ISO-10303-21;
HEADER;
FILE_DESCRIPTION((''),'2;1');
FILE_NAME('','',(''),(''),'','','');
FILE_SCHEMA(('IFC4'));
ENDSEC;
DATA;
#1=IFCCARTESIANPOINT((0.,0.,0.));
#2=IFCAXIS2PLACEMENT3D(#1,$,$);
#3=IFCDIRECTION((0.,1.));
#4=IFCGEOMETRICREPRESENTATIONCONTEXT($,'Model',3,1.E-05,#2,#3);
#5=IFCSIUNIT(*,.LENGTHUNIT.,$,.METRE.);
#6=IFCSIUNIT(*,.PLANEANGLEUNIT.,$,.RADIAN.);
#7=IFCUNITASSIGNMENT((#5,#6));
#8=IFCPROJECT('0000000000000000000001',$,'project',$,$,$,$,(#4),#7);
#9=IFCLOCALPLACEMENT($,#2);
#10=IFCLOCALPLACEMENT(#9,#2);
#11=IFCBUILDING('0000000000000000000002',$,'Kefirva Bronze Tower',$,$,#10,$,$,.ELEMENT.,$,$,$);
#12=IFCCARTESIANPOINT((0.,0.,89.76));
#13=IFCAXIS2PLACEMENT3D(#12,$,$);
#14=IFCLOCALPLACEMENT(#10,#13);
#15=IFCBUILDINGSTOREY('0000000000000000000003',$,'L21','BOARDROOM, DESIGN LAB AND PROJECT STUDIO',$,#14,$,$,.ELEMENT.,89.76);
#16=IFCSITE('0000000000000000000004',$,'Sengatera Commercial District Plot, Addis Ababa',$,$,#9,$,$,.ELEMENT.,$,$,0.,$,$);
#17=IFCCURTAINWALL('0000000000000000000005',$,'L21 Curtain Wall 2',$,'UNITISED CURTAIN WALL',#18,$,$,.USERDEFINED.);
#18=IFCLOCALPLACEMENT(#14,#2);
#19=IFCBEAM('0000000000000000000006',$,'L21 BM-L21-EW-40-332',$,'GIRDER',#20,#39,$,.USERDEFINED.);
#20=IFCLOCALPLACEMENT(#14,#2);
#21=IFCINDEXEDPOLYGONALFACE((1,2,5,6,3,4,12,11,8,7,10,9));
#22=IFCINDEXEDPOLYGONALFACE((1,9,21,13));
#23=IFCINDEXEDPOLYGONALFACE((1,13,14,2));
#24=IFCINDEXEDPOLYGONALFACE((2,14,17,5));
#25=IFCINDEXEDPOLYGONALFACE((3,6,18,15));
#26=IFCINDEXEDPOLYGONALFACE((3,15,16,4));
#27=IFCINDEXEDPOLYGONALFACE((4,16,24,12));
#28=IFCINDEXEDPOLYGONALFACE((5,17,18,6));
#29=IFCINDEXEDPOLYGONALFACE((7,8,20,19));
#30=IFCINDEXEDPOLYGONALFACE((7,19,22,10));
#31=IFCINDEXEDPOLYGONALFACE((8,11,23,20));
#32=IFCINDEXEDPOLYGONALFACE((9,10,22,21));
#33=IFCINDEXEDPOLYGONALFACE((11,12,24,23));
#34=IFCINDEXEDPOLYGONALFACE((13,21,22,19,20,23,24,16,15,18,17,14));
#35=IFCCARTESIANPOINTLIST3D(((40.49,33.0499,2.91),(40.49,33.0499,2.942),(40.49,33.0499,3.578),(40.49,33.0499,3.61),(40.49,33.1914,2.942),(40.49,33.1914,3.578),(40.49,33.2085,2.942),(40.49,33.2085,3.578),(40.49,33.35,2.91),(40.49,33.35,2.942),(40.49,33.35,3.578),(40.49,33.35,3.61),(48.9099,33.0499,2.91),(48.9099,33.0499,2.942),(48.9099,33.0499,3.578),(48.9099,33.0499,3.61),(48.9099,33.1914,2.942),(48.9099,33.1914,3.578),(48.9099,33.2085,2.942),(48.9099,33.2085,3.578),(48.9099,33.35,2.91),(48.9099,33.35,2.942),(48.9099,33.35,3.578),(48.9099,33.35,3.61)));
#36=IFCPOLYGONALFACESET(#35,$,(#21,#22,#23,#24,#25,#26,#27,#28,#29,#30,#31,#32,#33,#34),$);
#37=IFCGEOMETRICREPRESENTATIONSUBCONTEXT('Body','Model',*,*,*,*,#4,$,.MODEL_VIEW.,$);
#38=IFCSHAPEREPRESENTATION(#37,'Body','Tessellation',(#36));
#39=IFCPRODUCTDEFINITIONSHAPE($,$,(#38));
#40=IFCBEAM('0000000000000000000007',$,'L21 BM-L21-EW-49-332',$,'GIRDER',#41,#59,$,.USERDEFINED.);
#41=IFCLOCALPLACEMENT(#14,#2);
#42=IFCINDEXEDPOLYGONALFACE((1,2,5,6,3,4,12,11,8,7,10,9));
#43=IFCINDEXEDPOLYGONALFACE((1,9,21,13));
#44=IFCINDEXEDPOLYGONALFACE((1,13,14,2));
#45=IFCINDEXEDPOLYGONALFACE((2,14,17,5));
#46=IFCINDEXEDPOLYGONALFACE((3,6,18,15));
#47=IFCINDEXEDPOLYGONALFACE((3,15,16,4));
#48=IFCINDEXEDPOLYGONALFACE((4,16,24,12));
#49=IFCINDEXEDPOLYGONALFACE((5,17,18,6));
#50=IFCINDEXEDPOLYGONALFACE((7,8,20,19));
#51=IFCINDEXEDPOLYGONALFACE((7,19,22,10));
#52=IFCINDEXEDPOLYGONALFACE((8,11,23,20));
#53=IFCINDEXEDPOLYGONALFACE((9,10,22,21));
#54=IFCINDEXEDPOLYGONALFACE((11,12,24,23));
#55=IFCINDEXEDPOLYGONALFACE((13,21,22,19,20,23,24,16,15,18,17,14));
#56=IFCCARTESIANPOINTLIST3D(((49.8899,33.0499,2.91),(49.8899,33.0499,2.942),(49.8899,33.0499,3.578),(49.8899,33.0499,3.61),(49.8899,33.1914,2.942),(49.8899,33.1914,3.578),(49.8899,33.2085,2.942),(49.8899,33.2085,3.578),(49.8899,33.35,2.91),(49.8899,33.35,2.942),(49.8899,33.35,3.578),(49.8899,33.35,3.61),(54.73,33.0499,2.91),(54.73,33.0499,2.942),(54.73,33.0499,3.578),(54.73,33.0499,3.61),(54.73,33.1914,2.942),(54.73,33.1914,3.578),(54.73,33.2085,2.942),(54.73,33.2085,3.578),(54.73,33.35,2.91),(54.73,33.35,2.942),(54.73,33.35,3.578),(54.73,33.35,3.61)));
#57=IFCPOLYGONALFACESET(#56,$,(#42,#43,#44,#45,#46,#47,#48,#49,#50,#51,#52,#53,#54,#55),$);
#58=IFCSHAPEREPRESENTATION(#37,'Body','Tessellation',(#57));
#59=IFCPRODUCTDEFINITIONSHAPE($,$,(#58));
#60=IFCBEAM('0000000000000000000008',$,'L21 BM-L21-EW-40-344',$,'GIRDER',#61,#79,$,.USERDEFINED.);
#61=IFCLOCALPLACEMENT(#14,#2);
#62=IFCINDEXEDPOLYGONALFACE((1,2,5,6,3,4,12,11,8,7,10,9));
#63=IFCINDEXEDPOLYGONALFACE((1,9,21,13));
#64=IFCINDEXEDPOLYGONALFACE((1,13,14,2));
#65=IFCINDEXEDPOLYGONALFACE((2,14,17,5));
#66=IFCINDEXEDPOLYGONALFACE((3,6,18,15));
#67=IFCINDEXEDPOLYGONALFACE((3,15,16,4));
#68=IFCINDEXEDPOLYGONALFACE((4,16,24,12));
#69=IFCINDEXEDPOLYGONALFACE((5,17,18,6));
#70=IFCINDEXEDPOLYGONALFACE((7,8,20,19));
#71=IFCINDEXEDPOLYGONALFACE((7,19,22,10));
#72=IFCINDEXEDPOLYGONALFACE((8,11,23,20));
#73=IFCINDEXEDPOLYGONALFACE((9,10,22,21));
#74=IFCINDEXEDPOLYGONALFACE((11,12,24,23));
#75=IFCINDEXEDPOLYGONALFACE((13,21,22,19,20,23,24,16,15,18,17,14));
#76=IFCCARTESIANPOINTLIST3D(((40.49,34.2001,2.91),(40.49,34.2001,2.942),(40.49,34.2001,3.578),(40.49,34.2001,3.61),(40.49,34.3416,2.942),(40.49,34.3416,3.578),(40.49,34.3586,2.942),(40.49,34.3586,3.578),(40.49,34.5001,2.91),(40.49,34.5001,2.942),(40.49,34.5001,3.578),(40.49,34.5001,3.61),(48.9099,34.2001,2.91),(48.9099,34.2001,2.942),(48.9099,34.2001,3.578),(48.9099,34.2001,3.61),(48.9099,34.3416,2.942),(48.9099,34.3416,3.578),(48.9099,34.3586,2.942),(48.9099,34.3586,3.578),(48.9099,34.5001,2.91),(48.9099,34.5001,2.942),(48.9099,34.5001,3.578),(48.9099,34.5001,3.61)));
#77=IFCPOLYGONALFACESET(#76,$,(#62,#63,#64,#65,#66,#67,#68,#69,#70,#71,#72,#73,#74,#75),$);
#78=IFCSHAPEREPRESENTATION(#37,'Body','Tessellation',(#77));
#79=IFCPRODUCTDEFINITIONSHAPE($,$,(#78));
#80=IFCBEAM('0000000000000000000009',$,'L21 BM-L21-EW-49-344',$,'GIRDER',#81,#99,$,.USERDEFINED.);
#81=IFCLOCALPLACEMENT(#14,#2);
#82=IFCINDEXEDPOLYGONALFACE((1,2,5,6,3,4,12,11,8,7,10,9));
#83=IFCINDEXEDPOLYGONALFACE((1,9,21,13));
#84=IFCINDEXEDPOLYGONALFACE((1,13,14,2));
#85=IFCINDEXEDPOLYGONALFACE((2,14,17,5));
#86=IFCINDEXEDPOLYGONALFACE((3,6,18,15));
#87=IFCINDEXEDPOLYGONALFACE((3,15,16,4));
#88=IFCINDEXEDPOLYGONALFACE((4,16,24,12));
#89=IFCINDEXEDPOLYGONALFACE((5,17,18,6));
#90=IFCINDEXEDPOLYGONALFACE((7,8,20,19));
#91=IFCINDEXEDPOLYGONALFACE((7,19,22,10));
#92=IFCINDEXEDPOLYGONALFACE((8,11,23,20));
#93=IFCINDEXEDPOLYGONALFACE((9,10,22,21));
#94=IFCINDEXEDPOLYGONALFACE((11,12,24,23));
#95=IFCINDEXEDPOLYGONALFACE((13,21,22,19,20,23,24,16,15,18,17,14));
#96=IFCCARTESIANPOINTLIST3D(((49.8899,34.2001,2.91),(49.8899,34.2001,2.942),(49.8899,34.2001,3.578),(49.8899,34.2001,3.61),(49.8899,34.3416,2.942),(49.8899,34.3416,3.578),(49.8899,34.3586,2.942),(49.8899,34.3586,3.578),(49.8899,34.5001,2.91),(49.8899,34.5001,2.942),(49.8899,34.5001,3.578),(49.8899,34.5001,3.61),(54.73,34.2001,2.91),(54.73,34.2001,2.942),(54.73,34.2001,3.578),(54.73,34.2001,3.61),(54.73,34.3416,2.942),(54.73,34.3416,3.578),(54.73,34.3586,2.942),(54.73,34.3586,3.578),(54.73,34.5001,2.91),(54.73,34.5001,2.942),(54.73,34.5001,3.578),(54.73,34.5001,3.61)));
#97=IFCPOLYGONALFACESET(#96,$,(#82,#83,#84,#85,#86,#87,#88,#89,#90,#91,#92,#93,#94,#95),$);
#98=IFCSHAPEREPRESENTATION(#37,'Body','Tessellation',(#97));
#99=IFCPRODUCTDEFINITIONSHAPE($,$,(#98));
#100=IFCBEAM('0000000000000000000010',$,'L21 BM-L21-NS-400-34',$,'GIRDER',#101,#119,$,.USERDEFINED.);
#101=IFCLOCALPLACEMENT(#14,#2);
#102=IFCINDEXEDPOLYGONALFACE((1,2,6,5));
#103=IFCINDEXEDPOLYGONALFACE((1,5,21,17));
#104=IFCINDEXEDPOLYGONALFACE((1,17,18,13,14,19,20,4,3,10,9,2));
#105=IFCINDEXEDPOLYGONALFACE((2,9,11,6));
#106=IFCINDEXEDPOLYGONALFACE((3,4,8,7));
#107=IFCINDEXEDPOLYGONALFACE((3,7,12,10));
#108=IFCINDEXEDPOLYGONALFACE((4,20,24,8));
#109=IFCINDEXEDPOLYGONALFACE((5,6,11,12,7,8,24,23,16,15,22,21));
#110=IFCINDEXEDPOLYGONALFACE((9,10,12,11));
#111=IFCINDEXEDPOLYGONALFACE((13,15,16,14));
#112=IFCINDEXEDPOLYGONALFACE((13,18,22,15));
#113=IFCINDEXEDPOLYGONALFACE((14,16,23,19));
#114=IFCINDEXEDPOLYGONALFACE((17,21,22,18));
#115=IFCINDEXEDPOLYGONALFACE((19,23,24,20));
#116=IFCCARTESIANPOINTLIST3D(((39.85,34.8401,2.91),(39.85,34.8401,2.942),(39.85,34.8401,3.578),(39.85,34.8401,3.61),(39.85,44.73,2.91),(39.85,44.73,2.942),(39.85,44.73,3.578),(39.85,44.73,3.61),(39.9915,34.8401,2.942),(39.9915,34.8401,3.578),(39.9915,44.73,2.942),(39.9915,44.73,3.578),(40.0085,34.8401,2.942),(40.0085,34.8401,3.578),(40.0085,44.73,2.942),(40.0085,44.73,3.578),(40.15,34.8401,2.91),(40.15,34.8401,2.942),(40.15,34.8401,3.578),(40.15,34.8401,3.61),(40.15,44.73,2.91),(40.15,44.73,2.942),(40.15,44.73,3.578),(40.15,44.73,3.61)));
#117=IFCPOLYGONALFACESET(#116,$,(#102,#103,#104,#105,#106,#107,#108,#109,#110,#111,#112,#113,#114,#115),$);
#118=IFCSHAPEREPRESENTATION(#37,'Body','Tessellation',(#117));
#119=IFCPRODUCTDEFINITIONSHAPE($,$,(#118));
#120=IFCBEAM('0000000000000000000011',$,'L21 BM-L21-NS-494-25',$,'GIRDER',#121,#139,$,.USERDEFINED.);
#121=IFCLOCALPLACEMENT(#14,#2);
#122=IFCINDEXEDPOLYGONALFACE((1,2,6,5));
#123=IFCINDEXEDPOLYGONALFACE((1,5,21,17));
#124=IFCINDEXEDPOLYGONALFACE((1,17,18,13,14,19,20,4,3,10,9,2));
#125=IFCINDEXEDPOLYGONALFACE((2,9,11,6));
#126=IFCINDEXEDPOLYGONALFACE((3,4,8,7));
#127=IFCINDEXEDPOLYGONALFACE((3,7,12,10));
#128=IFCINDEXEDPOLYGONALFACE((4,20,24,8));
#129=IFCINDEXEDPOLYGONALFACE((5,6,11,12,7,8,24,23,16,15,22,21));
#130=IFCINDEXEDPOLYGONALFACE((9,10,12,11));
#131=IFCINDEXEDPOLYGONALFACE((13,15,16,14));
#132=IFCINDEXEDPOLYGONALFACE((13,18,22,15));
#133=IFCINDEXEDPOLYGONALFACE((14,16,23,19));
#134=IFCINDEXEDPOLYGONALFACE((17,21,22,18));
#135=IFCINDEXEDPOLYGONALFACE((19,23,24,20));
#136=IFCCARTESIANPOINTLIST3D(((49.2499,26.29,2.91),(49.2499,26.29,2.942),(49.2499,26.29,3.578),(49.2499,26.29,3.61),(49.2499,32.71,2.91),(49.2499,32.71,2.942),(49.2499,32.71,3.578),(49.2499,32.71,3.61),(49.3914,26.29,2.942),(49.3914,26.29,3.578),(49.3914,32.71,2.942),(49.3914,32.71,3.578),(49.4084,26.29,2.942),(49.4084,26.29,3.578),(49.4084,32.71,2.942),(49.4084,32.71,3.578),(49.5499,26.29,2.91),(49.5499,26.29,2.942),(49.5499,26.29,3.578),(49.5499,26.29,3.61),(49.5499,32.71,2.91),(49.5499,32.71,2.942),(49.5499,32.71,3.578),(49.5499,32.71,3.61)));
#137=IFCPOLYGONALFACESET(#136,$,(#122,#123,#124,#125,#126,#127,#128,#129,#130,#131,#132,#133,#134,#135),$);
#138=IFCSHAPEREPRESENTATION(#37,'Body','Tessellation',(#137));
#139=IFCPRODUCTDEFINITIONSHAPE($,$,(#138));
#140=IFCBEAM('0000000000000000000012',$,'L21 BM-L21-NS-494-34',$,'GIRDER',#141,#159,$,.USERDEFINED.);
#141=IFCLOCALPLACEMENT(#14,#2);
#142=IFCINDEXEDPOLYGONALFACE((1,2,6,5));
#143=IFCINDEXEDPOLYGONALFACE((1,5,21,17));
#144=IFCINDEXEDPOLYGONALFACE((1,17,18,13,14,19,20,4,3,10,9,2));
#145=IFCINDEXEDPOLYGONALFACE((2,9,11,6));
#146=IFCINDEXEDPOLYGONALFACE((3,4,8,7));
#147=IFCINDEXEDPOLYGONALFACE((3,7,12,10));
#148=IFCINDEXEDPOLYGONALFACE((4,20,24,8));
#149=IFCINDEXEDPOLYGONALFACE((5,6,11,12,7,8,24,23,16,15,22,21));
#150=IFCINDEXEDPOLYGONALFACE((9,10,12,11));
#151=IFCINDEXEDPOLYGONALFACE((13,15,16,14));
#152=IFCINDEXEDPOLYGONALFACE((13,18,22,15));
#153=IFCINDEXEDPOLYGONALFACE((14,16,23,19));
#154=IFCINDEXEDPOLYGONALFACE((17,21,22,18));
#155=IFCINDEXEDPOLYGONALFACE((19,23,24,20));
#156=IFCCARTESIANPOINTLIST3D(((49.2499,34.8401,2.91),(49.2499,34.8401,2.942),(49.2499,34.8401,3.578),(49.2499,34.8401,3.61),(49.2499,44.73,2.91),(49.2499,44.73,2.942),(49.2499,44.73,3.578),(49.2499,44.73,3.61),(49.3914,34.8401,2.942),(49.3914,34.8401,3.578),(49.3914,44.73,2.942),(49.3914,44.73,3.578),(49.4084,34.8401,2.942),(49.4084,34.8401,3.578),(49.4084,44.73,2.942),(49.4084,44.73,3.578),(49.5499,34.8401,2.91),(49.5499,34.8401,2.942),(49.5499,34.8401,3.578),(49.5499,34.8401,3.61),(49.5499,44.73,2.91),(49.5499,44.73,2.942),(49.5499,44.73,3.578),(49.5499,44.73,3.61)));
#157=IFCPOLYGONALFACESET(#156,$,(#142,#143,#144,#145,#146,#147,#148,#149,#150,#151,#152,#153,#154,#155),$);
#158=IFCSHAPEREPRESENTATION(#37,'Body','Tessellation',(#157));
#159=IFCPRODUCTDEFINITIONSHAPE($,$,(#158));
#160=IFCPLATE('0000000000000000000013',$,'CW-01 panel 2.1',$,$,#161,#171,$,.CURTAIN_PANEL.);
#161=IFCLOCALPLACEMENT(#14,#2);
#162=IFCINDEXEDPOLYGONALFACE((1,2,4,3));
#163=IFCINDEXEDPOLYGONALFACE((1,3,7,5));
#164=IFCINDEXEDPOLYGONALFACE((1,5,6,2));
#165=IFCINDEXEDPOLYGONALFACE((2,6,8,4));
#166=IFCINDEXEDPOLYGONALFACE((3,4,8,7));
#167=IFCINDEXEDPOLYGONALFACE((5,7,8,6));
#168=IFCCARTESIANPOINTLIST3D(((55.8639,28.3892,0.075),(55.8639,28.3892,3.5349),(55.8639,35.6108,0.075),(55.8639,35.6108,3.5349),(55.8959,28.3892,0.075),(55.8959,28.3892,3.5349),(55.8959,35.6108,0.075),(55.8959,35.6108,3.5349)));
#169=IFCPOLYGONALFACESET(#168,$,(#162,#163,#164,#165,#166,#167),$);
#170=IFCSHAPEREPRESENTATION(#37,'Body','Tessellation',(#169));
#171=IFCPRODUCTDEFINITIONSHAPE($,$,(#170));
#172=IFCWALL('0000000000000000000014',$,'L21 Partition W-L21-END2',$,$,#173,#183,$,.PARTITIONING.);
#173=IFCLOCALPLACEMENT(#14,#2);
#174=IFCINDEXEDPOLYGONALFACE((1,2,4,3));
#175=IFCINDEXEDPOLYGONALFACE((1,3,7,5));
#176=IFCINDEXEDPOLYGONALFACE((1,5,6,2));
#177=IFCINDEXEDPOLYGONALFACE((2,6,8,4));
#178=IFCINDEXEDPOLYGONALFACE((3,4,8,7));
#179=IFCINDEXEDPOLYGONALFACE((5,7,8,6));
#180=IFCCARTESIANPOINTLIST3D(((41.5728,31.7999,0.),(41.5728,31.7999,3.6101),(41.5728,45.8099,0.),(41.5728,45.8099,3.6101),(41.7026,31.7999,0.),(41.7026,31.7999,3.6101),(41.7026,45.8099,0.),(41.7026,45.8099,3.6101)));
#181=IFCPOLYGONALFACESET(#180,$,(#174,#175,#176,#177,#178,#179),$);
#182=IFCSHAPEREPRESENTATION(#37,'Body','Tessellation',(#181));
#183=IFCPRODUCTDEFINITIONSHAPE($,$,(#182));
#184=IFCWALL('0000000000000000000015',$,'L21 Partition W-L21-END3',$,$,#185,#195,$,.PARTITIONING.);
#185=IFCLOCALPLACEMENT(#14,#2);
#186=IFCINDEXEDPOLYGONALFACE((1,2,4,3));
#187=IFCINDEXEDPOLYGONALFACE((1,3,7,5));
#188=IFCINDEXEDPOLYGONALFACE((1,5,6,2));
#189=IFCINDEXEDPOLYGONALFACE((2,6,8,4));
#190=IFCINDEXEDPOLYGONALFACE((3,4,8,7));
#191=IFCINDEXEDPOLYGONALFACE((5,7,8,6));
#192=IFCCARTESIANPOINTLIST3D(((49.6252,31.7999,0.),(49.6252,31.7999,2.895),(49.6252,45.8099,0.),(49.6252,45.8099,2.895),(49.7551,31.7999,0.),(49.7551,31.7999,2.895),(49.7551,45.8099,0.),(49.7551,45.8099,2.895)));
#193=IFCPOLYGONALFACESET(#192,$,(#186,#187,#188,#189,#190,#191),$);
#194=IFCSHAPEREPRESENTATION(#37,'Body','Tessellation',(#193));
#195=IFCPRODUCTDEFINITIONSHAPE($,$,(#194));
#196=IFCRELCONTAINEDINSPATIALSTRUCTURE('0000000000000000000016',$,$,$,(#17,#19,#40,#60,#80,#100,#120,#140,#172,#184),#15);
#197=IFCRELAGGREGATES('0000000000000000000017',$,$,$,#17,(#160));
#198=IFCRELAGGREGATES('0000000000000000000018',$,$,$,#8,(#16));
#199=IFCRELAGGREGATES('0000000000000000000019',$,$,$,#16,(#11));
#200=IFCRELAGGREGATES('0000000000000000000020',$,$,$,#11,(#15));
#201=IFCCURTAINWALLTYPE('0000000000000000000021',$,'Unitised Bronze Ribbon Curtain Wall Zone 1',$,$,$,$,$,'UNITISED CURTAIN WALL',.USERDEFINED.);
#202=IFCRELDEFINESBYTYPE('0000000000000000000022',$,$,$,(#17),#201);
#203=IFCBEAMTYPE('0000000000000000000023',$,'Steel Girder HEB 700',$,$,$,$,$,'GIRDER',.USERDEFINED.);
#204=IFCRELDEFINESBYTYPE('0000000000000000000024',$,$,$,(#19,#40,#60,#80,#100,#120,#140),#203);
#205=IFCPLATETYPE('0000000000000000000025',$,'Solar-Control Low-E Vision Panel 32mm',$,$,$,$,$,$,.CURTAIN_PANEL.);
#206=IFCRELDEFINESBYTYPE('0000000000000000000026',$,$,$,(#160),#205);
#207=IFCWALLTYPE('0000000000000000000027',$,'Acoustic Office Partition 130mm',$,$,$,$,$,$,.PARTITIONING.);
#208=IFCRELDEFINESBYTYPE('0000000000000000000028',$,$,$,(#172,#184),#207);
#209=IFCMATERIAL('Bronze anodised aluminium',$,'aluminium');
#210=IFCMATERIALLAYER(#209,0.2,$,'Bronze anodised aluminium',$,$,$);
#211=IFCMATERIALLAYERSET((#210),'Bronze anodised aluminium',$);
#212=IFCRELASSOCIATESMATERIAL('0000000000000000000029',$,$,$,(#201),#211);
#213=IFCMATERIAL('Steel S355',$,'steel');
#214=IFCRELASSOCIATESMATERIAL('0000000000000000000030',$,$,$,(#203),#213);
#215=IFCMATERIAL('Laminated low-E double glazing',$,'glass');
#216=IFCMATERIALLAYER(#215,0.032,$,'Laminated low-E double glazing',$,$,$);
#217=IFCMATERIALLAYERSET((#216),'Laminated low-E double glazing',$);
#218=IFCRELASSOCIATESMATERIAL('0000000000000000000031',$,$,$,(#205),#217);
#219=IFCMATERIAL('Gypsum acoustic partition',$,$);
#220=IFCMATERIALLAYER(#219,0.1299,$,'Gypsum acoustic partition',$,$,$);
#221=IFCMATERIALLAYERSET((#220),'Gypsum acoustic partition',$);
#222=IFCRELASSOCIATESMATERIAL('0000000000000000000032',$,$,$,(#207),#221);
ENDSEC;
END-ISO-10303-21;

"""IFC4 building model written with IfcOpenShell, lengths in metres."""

from ifc_helpers import new_model, si_unit, direction, frame, frame_2d, origin, origin_2d, place, context, subcontext, project, spatial, rectangle, i_section, extrude, material, layer, layer_set, material_profile, profile_set, type_object, element, aggregate, save


model = new_model("IFC4")

# Units and contexts
model_context = context("Model", 3, precision=1e-05, world=origin(), true_north=direction((0.0, 1.0)))
body_context = subcontext(model_context, "Body", "Model", "MODEL_VIEW")
ifc_project = project(units=[si_unit("LENGTHUNIT", "METRE"), si_unit("PLANEANGLEUNIT", "RADIAN")], contexts=[model_context])

# Site, building, storey
site_placement = place(None, origin())
site = spatial("IfcSite", under=ifc_project, at=site_placement, Name="Sengatera Commercial District Plot, Addis Ababa", CompositionType="ELEMENT", RefElevation=0.0)
building_placement = place(site_placement, origin())
building = spatial("IfcBuilding", under=site, at=building_placement, Name="Kefirva Bronze Tower", CompositionType="ELEMENT")
storey_placement = place(building_placement, frame((0.0, 0.0, 89.76)))
storey = spatial("IfcBuildingStorey", under=building, at=storey_placement, Name="L21", Description="BOARDROOM, DESIGN LAB AND PROJECT STUDIO", CompositionType="ELEMENT", Elevation=89.76)

# Curtain wall
ifc_material_1 = material(Name="Bronze anodised aluminium", Category="aluminium")
ifc_layer_1 = layer(ifc_material_1, 0.2, Name="Bronze anodised aluminium")
ifc_layer_set_1 = layer_set([ifc_layer_1], Name="Bronze anodised aluminium")
curtain_wall_type = type_object("IfcCurtainWallType", Name="Unitised Bronze Ribbon Curtain Wall Zone 1", ElementType="UNITISED CURTAIN WALL", PredefinedType="USERDEFINED", material=ifc_layer_set_1)
curtain_wall_placement = place(storey_placement, origin())
curtain_wall = element("IfcCurtainWall", 1, at=curtain_wall_placement, inside=storey, type_object=curtain_wall_type, Name="L21 Curtain Wall 2", ObjectType="UNITISED CURTAIN WALL", PredefinedType="USERDEFINED")

# Beams
ifc_material_2 = material(Name="Steel S355", Category="steel")
ifc_material_profile_1 = material_profile(ifc_material_2, i_section(OverallWidth=0.3, OverallDepth=0.7, WebThickness=0.0171, FlangeThickness=0.032, at=origin_2d()), Name="HEB 700")
ifc_profile_set_1 = profile_set([ifc_material_profile_1], Name="Steel S355")
beam_type_1 = type_object("IfcBeamType", Name="Steel Girder HEB 700", ElementType="GIRDER", PredefinedType="USERDEFINED", material=ifc_profile_set_1)
beam_1_placement = place(storey_placement, frame((40.49, 33.2, 3.26), z_axis=(1.0, 0.0, 0.0), x_axis=(0.0, 1.0, 0.0)))
element("IfcBeam", 2, at=beam_1_placement, inside=storey, type_object=beam_type_1, Name="L21 BM-L21-EW-40-332", ObjectType="GIRDER", PredefinedType="USERDEFINED", context=body_context, shape_type="SweptSolid", body=[
    extrude(i_section(OverallWidth=0.3, OverallDepth=0.7, WebThickness=0.0171, FlangeThickness=0.032, at=origin_2d()), origin(), (0.0, 0.0, 1.0), 8.4199),
])
beam_2_placement = place(storey_placement, frame((49.8899, 33.2, 3.26), z_axis=(1.0, 0.0, 0.0), x_axis=(0.0, 1.0, 0.0)))
element("IfcBeam", 3, at=beam_2_placement, inside=storey, type_object=beam_type_1, Name="L21 BM-L21-EW-49-332", ObjectType="GIRDER", PredefinedType="USERDEFINED", context=body_context, shape_type="SweptSolid", body=[
    extrude(i_section(OverallWidth=0.3, OverallDepth=0.7, WebThickness=0.0171, FlangeThickness=0.032, at=origin_2d()), origin(), (0.0, 0.0, 1.0), 4.8401),
])
beam_3_placement = place(storey_placement, frame((40.49, 34.3501, 3.26), z_axis=(1.0, 0.0, 0.0), x_axis=(0.0, 1.0, 0.0)))
element("IfcBeam", 4, at=beam_3_placement, inside=storey, type_object=beam_type_1, Name="L21 BM-L21-EW-40-344", ObjectType="GIRDER", PredefinedType="USERDEFINED", context=body_context, shape_type="SweptSolid", body=[
    extrude(i_section(OverallWidth=0.3, OverallDepth=0.7, WebThickness=0.0171, FlangeThickness=0.032, at=origin_2d()), origin(), (0.0, 0.0, 1.0), 8.4199),
])
beam_4_placement = place(storey_placement, frame((49.8899, 34.3501, 3.26), z_axis=(1.0, 0.0, 0.0), x_axis=(0.0, 1.0, 0.0)))
element("IfcBeam", 5, at=beam_4_placement, inside=storey, type_object=beam_type_1, Name="L21 BM-L21-EW-49-344", ObjectType="GIRDER", PredefinedType="USERDEFINED", context=body_context, shape_type="SweptSolid", body=[
    extrude(i_section(OverallWidth=0.3, OverallDepth=0.7, WebThickness=0.0171, FlangeThickness=0.032, at=origin_2d()), origin(), (0.0, 0.0, 1.0), 4.8401),
])
beam_5_placement = place(storey_placement, frame((40.0, 34.8401, 3.26), z_axis=(0.0, 1.0, 0.0), x_axis=(-1.0, 0.0, 0.0)))
element("IfcBeam", 6, at=beam_5_placement, inside=storey, type_object=beam_type_1, Name="L21 BM-L21-NS-400-34", ObjectType="GIRDER", PredefinedType="USERDEFINED", context=body_context, shape_type="SweptSolid", body=[
    extrude(i_section(OverallWidth=0.3, OverallDepth=0.7, WebThickness=0.0171, FlangeThickness=0.032, at=origin_2d()), origin(), (0.0, 0.0, 1.0), 9.8899),
])
beam_6_placement = place(storey_placement, frame((49.3999, 26.29, 3.26), z_axis=(0.0, 1.0, 0.0), x_axis=(-1.0, 0.0, 0.0)))
element("IfcBeam", 7, at=beam_6_placement, inside=storey, type_object=beam_type_1, Name="L21 BM-L21-NS-494-25", ObjectType="GIRDER", PredefinedType="USERDEFINED", context=body_context, shape_type="SweptSolid", body=[
    extrude(i_section(OverallWidth=0.3, OverallDepth=0.7, WebThickness=0.0171, FlangeThickness=0.032, at=origin_2d()), origin(), (0.0, 0.0, 1.0), 6.4199),
])
beam_7_placement = place(storey_placement, frame((49.3999, 34.8401, 3.26), z_axis=(0.0, 1.0, 0.0), x_axis=(-1.0, 0.0, 0.0)))
element("IfcBeam", 8, at=beam_7_placement, inside=storey, type_object=beam_type_1, Name="L21 BM-L21-NS-494-34", ObjectType="GIRDER", PredefinedType="USERDEFINED", context=body_context, shape_type="SweptSolid", body=[
    extrude(i_section(OverallWidth=0.3, OverallDepth=0.7, WebThickness=0.0171, FlangeThickness=0.032, at=origin_2d()), origin(), (0.0, 0.0, 1.0), 9.8899),
])

# Plate
ifc_material_3 = material(Name="Laminated low-E double glazing", Category="glass")
ifc_layer_2 = layer(ifc_material_3, 0.032, Name="Laminated low-E double glazing")
ifc_layer_set_2 = layer_set([ifc_layer_2], Name="Laminated low-E double glazing")
plate_type = type_object("IfcPlateType", Name="Solar-Control Low-E Vision Panel 32mm", PredefinedType="CURTAIN_PANEL", material=ifc_layer_set_2)
plate_placement = place(storey_placement, frame((55.8799, 32.0, 0.075), z_axis=(0.0, 0.0, 1.0), x_axis=(0.0, 1.0, 0.0)))
plate = element("IfcPlate", 9, at=plate_placement, type_object=plate_type, Name="CW-01 panel 2.1", PredefinedType="CURTAIN_PANEL", context=body_context, shape_type="SweptSolid", body=[
    extrude(rectangle(XDim=7.2217, YDim=0.032, at=origin_2d()), origin(), (0.0, 0.0, 1.0), 3.46),
])
aggregate(curtain_wall, [plate])

# Walls
ifc_material_4 = material(Name="Gypsum acoustic partition")
ifc_layer_3 = layer(ifc_material_4, 0.1299, Name="Gypsum acoustic partition")
ifc_layer_set_3 = layer_set([ifc_layer_3], Name="Gypsum acoustic partition")
wall_type = type_object("IfcWallType", Name="Acoustic Office Partition 130mm", PredefinedType="PARTITIONING", material=ifc_layer_set_3)
wall_1_placement = place(storey_placement, frame((41.6377, 31.8, 0.0), z_axis=(0.0, 0.0, 1.0), x_axis=(0.0, 1.0, 0.0)))
element("IfcWall", 10, at=wall_1_placement, inside=storey, type_object=wall_type, Name="L21 Partition W-L21-END2", PredefinedType="PARTITIONING", context=body_context, shape_type="SweptSolid", body=[
    extrude(rectangle(XDim=14.01, YDim=0.1299, at=frame_2d((7.0049, 0.0))), origin(), (0.0, 0.0, 1.0), 3.6101),
])
wall_2_placement = place(storey_placement, frame((49.6902, 31.8, 0.0), z_axis=(0.0, 0.0, 1.0), x_axis=(0.0, 1.0, 0.0)))
element("IfcWall", 11, at=wall_2_placement, inside=storey, type_object=wall_type, Name="L21 Partition W-L21-END3", PredefinedType="PARTITIONING", context=body_context, shape_type="SweptSolid", body=[
    extrude(rectangle(XDim=14.01, YDim=0.1299, at=frame_2d((7.0049, 0.0))), origin(), (0.0, 0.0, 1.0), 2.895),
])

save(model, "model.ifc")
